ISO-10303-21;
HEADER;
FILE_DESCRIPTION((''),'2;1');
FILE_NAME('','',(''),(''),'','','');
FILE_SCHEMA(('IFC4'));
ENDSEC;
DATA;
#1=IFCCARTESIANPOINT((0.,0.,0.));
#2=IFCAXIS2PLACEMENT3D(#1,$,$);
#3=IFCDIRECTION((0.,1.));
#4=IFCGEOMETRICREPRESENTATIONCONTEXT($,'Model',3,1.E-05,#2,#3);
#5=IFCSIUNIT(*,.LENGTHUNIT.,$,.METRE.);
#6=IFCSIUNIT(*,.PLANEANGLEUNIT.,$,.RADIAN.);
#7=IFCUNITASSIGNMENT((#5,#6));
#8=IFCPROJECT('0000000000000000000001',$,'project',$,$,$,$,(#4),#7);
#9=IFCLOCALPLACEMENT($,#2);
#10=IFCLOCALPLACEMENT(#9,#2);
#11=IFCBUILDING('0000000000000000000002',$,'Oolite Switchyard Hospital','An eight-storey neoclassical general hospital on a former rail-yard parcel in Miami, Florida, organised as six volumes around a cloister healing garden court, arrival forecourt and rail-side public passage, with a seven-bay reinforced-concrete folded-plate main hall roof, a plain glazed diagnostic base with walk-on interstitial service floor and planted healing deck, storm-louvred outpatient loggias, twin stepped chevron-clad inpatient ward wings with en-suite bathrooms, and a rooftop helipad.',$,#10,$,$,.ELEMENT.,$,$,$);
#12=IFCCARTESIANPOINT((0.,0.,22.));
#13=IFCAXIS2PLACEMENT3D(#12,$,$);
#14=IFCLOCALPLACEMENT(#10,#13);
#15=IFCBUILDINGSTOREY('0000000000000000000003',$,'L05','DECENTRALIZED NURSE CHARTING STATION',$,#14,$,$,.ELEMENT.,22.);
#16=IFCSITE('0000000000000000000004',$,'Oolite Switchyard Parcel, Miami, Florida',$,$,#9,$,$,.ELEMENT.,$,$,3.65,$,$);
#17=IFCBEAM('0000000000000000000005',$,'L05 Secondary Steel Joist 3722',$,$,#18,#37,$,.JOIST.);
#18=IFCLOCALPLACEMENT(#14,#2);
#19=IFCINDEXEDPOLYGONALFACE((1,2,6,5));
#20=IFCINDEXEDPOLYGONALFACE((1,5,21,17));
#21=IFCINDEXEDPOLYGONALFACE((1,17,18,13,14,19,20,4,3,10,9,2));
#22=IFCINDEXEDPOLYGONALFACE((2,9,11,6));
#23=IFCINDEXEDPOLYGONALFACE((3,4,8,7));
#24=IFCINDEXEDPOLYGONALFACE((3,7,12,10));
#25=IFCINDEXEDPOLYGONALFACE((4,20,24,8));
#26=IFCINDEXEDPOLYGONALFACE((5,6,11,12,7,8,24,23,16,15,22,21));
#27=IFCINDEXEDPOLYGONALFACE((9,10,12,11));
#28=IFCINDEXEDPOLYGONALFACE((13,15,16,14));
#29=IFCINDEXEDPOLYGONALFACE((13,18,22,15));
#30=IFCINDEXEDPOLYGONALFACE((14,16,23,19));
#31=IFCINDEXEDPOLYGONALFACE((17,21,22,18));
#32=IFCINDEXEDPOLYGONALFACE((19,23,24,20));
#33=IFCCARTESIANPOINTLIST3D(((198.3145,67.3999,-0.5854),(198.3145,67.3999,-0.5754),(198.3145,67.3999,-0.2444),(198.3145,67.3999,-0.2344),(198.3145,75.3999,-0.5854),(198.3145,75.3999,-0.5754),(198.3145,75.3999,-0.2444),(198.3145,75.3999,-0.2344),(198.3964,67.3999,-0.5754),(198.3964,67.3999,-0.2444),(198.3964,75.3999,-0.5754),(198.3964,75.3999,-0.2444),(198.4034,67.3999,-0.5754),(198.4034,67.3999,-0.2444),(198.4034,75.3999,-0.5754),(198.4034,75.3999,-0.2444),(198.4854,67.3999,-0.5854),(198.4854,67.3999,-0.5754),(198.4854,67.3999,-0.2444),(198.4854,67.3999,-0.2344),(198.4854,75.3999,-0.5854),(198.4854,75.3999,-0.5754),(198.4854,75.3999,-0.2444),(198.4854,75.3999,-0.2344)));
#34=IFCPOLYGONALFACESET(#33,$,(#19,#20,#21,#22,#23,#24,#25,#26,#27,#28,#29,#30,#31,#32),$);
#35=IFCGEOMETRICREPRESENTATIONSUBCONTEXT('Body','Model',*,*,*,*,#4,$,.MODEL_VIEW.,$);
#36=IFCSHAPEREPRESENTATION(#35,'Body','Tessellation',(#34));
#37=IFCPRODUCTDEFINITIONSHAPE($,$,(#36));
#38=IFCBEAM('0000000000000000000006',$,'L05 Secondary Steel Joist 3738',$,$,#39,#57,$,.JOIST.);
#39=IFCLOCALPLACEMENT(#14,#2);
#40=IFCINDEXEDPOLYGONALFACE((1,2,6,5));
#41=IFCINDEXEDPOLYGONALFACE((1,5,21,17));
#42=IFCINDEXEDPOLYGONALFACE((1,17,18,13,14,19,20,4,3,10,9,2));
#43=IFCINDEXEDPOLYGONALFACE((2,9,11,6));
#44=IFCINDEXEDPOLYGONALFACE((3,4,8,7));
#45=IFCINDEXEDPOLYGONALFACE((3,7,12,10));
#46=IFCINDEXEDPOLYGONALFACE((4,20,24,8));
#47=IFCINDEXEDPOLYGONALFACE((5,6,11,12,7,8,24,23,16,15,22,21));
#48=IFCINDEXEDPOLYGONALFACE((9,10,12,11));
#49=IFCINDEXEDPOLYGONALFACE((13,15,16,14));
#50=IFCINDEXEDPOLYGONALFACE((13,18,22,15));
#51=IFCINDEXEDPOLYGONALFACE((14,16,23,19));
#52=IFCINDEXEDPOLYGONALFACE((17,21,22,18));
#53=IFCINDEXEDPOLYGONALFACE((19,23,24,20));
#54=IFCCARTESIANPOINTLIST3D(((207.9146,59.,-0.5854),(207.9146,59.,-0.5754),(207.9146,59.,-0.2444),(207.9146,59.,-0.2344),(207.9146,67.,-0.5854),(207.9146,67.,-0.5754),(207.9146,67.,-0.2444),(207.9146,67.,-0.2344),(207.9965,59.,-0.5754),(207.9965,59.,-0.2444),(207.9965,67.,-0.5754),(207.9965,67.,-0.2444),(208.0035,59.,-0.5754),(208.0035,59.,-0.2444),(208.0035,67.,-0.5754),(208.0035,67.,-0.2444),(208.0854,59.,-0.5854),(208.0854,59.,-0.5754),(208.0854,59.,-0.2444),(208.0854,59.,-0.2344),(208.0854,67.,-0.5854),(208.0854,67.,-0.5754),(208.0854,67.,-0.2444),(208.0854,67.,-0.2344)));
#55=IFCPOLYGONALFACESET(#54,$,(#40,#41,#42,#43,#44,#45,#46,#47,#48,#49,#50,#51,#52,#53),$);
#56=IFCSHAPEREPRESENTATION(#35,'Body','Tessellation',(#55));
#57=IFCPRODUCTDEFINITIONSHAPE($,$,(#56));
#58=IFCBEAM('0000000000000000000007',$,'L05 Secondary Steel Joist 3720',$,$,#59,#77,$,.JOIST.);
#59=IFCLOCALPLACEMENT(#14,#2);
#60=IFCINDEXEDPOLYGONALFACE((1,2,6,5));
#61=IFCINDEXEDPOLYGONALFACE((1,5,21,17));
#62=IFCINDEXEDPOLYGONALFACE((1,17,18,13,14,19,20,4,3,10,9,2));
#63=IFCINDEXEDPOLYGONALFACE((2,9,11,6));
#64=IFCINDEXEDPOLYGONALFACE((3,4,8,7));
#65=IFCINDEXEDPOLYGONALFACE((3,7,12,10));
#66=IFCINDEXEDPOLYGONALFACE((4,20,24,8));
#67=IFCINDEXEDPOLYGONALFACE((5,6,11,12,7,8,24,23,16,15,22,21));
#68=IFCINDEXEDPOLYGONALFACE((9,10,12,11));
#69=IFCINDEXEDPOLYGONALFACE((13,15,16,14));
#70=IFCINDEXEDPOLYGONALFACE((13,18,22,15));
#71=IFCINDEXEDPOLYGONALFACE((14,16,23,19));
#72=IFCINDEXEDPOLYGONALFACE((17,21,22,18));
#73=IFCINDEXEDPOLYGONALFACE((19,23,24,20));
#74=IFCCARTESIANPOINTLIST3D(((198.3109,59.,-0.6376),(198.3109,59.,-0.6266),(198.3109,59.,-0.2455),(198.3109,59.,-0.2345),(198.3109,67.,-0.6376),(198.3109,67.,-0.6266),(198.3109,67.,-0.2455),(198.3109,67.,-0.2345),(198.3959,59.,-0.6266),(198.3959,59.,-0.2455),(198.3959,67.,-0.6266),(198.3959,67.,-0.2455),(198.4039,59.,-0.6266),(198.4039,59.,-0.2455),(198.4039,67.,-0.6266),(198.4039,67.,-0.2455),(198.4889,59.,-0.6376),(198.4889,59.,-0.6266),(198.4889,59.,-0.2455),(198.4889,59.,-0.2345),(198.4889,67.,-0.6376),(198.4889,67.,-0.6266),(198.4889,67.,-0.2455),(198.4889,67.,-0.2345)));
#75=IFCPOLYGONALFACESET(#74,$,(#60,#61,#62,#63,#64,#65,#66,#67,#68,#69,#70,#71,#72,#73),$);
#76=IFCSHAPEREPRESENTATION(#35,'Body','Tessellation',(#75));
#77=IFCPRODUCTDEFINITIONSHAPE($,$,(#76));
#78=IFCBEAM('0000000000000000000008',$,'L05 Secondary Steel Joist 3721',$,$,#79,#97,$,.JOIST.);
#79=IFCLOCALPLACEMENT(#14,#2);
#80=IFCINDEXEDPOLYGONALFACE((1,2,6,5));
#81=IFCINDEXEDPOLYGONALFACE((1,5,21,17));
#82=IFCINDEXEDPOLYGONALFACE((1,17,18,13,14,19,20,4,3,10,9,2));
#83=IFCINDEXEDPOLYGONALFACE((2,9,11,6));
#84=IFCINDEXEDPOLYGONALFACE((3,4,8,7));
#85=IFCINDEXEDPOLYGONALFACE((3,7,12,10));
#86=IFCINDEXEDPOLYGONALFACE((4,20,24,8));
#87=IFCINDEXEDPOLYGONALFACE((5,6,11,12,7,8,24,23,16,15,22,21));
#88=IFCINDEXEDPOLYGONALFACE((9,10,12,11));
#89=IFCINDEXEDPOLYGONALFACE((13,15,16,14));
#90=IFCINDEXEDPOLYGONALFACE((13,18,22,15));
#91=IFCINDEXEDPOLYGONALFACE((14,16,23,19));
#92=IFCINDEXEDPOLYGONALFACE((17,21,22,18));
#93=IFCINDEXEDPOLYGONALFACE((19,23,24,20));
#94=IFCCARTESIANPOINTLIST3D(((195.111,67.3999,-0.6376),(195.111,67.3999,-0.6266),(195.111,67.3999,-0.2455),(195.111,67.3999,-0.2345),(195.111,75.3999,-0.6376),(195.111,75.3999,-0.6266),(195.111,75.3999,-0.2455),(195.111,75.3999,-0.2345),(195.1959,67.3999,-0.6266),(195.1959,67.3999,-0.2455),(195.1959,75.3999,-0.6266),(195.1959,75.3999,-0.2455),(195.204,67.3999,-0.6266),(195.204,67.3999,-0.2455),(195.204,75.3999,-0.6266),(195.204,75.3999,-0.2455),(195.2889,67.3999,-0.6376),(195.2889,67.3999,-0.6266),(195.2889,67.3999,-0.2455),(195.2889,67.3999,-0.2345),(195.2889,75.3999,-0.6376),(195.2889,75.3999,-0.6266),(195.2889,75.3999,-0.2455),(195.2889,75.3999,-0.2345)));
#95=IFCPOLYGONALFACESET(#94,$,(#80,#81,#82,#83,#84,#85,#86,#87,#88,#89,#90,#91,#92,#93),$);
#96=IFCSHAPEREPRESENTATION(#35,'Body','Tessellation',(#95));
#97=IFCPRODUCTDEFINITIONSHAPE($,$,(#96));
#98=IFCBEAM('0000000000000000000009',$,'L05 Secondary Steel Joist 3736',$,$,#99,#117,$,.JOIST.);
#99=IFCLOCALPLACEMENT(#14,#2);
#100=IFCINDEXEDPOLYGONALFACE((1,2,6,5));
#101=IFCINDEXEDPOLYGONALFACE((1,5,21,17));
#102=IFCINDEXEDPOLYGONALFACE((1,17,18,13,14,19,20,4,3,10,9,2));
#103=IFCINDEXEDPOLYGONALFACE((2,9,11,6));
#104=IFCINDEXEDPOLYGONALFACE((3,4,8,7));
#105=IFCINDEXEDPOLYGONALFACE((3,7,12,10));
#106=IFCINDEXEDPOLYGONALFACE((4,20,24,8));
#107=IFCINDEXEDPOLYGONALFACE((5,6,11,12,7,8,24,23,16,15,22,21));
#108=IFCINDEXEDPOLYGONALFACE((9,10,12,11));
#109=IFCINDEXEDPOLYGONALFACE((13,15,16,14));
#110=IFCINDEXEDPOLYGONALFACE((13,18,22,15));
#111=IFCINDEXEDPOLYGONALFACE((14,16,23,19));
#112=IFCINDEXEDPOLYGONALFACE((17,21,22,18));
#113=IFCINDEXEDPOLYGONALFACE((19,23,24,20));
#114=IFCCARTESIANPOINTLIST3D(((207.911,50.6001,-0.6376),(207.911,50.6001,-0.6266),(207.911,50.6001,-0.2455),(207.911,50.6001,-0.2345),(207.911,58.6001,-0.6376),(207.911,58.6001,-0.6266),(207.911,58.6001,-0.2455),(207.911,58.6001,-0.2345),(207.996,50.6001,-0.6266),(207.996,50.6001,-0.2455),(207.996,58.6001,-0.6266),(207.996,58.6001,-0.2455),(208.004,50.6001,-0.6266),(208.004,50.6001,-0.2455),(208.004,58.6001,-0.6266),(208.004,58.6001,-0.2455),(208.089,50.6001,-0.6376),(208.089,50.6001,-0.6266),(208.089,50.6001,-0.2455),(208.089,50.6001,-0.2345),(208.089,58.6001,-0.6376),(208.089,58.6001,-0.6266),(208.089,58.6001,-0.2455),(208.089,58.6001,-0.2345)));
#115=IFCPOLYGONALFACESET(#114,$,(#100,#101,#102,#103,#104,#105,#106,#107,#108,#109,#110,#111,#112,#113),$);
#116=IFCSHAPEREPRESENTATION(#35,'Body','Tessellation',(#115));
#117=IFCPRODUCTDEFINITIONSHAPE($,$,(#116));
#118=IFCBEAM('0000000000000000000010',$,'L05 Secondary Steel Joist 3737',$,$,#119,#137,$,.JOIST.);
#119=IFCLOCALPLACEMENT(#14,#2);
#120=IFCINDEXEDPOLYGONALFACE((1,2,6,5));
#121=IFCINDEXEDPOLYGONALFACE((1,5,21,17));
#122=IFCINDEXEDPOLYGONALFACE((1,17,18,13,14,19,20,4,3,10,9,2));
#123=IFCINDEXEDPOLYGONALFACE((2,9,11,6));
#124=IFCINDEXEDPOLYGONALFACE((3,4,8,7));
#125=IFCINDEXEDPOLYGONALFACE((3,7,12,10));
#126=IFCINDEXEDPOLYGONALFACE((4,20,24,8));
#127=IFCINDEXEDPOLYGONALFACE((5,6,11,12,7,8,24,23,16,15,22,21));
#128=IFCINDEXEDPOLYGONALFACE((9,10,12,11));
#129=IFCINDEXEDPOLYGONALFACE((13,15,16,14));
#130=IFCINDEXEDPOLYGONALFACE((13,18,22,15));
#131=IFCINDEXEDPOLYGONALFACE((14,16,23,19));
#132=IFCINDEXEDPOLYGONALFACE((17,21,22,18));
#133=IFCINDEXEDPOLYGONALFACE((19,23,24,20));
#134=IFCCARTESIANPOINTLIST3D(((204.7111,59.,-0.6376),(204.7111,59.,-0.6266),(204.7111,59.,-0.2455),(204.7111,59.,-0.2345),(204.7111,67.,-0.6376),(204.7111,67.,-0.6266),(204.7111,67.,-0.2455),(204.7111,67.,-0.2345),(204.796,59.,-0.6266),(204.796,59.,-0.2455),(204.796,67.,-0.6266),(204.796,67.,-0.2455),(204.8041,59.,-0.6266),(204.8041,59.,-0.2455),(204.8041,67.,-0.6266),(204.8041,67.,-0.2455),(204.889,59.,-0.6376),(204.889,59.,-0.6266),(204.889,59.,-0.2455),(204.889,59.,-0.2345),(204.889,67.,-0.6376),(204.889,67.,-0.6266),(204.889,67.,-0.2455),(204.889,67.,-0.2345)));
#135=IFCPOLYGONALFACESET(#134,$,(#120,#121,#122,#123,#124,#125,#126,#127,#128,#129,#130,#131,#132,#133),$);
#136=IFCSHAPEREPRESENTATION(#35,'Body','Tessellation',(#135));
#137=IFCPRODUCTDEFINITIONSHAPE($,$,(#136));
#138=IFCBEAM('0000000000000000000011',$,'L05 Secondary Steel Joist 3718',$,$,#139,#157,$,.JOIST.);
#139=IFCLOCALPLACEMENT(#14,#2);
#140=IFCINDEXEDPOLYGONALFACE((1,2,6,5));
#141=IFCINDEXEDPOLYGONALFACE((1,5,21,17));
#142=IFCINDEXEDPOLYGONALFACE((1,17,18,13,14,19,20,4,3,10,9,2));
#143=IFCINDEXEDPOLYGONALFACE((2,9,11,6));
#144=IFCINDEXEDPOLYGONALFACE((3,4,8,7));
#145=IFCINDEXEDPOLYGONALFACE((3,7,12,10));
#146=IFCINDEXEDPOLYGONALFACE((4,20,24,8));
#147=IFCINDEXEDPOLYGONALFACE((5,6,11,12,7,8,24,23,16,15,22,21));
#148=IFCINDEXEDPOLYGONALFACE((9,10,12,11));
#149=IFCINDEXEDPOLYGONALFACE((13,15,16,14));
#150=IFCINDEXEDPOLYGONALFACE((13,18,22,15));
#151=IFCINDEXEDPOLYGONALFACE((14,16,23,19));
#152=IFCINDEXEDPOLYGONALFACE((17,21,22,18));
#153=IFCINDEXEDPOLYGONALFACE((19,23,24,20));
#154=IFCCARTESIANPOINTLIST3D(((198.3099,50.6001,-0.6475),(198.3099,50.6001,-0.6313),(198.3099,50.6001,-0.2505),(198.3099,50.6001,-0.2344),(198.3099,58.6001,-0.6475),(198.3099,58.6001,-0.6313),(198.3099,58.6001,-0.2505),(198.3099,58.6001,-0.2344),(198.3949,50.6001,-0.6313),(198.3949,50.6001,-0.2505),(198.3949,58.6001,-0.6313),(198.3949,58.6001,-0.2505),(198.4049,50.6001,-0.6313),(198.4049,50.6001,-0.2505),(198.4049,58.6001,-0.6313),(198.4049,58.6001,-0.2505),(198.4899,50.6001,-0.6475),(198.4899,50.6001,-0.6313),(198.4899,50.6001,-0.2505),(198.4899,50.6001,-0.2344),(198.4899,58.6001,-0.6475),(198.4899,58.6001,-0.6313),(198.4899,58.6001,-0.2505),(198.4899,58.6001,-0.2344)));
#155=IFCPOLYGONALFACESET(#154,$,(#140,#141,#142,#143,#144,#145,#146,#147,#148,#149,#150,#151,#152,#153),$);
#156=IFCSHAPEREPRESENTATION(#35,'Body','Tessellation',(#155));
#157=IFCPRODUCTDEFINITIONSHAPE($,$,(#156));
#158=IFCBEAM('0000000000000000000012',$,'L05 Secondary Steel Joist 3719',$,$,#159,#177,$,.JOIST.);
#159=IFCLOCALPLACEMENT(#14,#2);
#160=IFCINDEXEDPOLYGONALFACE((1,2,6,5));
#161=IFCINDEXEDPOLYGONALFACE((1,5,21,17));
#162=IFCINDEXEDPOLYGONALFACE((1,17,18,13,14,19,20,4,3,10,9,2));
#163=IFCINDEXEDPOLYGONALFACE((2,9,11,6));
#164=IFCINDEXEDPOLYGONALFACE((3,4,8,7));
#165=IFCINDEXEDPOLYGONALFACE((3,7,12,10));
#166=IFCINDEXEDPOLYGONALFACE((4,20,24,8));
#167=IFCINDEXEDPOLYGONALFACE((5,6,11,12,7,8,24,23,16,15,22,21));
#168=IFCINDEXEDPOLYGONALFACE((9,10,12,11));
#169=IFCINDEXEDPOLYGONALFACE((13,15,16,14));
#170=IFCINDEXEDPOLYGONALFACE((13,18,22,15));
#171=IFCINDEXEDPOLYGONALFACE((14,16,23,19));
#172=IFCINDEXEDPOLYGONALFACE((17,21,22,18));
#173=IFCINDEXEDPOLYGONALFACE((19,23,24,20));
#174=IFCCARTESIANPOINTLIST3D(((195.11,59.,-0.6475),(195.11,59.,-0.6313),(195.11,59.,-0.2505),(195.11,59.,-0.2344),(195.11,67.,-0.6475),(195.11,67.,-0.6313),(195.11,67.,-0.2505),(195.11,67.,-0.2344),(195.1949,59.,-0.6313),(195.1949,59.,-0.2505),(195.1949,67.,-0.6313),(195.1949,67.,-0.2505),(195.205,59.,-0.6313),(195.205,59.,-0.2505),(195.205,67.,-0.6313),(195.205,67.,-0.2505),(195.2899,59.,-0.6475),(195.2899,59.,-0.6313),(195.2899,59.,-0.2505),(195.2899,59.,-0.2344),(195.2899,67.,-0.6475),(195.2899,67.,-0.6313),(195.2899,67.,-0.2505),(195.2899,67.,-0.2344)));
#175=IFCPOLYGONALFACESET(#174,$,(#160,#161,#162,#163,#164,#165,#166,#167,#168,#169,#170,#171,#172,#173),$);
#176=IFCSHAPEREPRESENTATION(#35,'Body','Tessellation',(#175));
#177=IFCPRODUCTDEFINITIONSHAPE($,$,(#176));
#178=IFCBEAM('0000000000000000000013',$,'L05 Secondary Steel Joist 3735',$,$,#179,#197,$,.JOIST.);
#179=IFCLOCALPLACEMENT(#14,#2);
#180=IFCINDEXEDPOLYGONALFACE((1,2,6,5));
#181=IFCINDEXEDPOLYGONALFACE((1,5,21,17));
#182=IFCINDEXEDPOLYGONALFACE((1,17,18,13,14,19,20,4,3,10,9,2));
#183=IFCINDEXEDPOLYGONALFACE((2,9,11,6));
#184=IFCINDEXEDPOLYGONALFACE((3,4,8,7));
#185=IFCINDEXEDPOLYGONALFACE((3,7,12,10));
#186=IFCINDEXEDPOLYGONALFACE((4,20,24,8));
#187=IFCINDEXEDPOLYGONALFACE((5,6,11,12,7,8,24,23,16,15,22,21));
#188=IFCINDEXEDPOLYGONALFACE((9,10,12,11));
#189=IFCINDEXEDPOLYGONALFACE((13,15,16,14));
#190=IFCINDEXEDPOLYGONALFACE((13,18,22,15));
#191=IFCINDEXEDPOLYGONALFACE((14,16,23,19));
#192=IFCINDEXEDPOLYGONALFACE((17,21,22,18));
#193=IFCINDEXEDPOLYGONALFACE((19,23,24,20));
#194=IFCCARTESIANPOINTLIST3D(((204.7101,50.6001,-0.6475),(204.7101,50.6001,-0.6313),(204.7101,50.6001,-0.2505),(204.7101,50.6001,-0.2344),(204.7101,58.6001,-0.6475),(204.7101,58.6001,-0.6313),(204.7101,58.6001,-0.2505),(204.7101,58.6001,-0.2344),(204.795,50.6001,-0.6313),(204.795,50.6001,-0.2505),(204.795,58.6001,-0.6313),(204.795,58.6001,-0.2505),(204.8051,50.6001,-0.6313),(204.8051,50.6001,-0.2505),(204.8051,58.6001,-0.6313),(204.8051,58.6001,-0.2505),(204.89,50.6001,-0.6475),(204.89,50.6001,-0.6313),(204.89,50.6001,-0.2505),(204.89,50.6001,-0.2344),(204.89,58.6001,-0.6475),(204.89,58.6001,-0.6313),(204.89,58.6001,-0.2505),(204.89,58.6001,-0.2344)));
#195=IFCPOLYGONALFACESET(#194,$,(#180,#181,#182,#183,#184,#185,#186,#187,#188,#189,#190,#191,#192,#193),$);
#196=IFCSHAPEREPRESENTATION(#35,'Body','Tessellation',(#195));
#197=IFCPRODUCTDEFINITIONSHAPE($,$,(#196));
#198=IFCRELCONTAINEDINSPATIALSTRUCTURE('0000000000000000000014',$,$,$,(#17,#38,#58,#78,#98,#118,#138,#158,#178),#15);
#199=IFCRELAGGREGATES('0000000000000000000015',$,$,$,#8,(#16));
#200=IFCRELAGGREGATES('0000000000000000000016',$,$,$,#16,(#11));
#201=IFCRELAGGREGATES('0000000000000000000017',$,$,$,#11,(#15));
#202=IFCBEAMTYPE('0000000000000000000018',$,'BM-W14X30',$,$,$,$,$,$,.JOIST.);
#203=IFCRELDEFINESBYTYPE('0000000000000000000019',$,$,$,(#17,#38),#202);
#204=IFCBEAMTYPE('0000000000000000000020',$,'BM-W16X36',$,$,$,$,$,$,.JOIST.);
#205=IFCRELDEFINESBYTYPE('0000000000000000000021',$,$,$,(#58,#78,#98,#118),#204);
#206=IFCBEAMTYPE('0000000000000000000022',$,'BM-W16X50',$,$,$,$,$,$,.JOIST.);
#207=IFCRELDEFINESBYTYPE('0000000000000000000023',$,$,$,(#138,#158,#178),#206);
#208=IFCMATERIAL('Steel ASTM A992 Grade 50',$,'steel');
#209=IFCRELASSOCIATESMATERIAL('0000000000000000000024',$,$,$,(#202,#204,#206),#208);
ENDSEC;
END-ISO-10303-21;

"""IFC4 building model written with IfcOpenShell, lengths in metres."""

from ifc_helpers import new_model, si_unit, direction, frame, origin, origin_2d, place, context, subcontext, project, spatial, i_section, extrude, material, material_profile, profile_set, type_object, element, save


model = new_model("IFC4")

# Units and contexts
model_context = context("Model", 3, precision=1e-05, world=origin(), true_north=direction((0.0, 1.0)))
body_context = subcontext(model_context, "Body", "Model", "MODEL_VIEW")
ifc_project = project(units=[si_unit("LENGTHUNIT", "METRE"), si_unit("PLANEANGLEUNIT", "RADIAN")], contexts=[model_context])

# Site, building, storey
site_placement = place(None, origin())
site = spatial("IfcSite", under=ifc_project, at=site_placement, Name="Oolite Switchyard Parcel, Miami, Florida", CompositionType="ELEMENT", RefElevation=3.65)
building_placement = place(site_placement, origin())
building = spatial("IfcBuilding", under=site, at=building_placement, Name="Oolite Switchyard Hospital", Description="An eight-storey neoclassical general hospital on a former rail-yard parcel in Miami, Florida, organised as six volumes around a cloister healing garden court, arrival forecourt and rail-side public passage, with a seven-bay reinforced-concrete folded-plate main hall roof, a plain glazed diagnostic base with walk-on interstitial service floor and planted healing deck, storm-louvred outpatient loggias, twin stepped chevron-clad inpatient ward wings with en-suite bathrooms, and a rooftop helipad.", CompositionType="ELEMENT")
storey_placement = place(building_placement, frame((0.0, 0.0, 22.0)))
storey = spatial("IfcBuildingStorey", under=building, at=storey_placement, Name="L05", Description="DECENTRALIZED NURSE CHARTING STATION", CompositionType="ELEMENT", Elevation=22.0)

# Beams
ifc_material_1 = material(Name="Steel ASTM A992 Grade 50", Category="steel")
ifc_material_profile_1 = material_profile(ifc_material_1, i_section(OverallWidth=0.1709, OverallDepth=0.3511, WebThickness=0.0071, FlangeThickness=0.01, at=origin_2d()), Name="W14X30")
ifc_profile_set_1 = profile_set([ifc_material_profile_1], Name="Steel ASTM A992 Grade 50")
beam_type_1 = type_object("IfcBeamType", Name="BM-W14X30", PredefinedType="JOIST", material=ifc_profile_set_1)
for number, where, z_axis, x_axis, name in (
    (1, (198.3999, 67.3999, -0.4099), (0.0, 1.0, 0.0), (-1.0, 0.0, 0.0), "L05 Secondary Steel Joist 3722"),
    (2, (208.0, 59.0, -0.4099), (0.0, 1.0, 0.0), (-1.0, 0.0, 0.0), "L05 Secondary Steel Joist 3738"),
):
    element("IfcBeam", number, at=place(storey_placement, frame(where, z_axis=z_axis, x_axis=x_axis)), inside=storey, type_object=beam_type_1, Name=name, PredefinedType="JOIST", context=body_context, shape_type="SweptSolid", body=[
        extrude(i_section(OverallWidth=0.1709, OverallDepth=0.3511, WebThickness=0.0071, FlangeThickness=0.01, at=origin_2d()), origin(), (0.0, 0.0, 1.0), 8.0),
    ])
ifc_material_profile_2 = material_profile(ifc_material_1, i_section(OverallWidth=0.178, OverallDepth=0.4031, WebThickness=0.0081, FlangeThickness=0.011, at=origin_2d()), Name="W16X36")
ifc_profile_set_2 = profile_set([ifc_material_profile_2], Name="Steel ASTM A992 Grade 50")
beam_type_2 = type_object("IfcBeamType", Name="BM-W16X36", PredefinedType="JOIST", material=ifc_profile_set_2)
for number, where, z_axis, x_axis, name in (
    (3, (198.3999, 59.0, -0.436), (0.0, 1.0, 0.0), (-1.0, 0.0, 0.0), "L05 Secondary Steel Joist 3720"),
    (4, (195.2, 67.3999, -0.436), (0.0, 1.0, 0.0), (-1.0, 0.0, 0.0), "L05 Secondary Steel Joist 3721"),
    (5, (208.0, 50.6001, -0.436), (0.0, 1.0, 0.0), (-1.0, 0.0, 0.0), "L05 Secondary Steel Joist 3736"),
    (6, (204.8, 59.0, -0.436), (0.0, 1.0, 0.0), (-1.0, 0.0, 0.0), "L05 Secondary Steel Joist 3737"),
):
    element("IfcBeam", number, at=place(storey_placement, frame(where, z_axis=z_axis, x_axis=x_axis)), inside=storey, type_object=beam_type_2, Name=name, PredefinedType="JOIST", context=body_context, shape_type="SweptSolid", body=[
        extrude(i_section(OverallWidth=0.178, OverallDepth=0.4031, WebThickness=0.0081, FlangeThickness=0.011, at=origin_2d()), origin(), (0.0, 0.0, 1.0), 8.0),
    ])
ifc_material_profile_3 = material_profile(ifc_material_1, i_section(OverallWidth=0.1799, OverallDepth=0.4131, WebThickness=0.01, FlangeThickness=0.0161, at=origin_2d()), Name="W16X50")
ifc_profile_set_3 = profile_set([ifc_material_profile_3], Name="Steel ASTM A992 Grade 50")
beam_type_3 = type_object("IfcBeamType", Name="BM-W16X50", PredefinedType="JOIST", material=ifc_profile_set_3)
for number, where, z_axis, x_axis, name in (
    (7, (198.3999, 50.6001, -0.4409), (0.0, 1.0, 0.0), (-1.0, 0.0, 0.0), "L05 Secondary Steel Joist 3718"),
    (8, (195.2, 59.0, -0.4409), (0.0, 1.0, 0.0), (-1.0, 0.0, 0.0), "L05 Secondary Steel Joist 3719"),
    (9, (204.8, 50.6001, -0.4409), (0.0, 1.0, 0.0), (-1.0, 0.0, 0.0), "L05 Secondary Steel Joist 3735"),
):
    element("IfcBeam", number, at=place(storey_placement, frame(where, z_axis=z_axis, x_axis=x_axis)), inside=storey, type_object=beam_type_3, Name=name, PredefinedType="JOIST", context=body_context, shape_type="SweptSolid", body=[
        extrude(i_section(OverallWidth=0.1799, OverallDepth=0.4131, WebThickness=0.01, FlangeThickness=0.0161, at=origin_2d()), origin(), (0.0, 0.0, 1.0), 8.0),
    ])

save(model, "model.ifc")
